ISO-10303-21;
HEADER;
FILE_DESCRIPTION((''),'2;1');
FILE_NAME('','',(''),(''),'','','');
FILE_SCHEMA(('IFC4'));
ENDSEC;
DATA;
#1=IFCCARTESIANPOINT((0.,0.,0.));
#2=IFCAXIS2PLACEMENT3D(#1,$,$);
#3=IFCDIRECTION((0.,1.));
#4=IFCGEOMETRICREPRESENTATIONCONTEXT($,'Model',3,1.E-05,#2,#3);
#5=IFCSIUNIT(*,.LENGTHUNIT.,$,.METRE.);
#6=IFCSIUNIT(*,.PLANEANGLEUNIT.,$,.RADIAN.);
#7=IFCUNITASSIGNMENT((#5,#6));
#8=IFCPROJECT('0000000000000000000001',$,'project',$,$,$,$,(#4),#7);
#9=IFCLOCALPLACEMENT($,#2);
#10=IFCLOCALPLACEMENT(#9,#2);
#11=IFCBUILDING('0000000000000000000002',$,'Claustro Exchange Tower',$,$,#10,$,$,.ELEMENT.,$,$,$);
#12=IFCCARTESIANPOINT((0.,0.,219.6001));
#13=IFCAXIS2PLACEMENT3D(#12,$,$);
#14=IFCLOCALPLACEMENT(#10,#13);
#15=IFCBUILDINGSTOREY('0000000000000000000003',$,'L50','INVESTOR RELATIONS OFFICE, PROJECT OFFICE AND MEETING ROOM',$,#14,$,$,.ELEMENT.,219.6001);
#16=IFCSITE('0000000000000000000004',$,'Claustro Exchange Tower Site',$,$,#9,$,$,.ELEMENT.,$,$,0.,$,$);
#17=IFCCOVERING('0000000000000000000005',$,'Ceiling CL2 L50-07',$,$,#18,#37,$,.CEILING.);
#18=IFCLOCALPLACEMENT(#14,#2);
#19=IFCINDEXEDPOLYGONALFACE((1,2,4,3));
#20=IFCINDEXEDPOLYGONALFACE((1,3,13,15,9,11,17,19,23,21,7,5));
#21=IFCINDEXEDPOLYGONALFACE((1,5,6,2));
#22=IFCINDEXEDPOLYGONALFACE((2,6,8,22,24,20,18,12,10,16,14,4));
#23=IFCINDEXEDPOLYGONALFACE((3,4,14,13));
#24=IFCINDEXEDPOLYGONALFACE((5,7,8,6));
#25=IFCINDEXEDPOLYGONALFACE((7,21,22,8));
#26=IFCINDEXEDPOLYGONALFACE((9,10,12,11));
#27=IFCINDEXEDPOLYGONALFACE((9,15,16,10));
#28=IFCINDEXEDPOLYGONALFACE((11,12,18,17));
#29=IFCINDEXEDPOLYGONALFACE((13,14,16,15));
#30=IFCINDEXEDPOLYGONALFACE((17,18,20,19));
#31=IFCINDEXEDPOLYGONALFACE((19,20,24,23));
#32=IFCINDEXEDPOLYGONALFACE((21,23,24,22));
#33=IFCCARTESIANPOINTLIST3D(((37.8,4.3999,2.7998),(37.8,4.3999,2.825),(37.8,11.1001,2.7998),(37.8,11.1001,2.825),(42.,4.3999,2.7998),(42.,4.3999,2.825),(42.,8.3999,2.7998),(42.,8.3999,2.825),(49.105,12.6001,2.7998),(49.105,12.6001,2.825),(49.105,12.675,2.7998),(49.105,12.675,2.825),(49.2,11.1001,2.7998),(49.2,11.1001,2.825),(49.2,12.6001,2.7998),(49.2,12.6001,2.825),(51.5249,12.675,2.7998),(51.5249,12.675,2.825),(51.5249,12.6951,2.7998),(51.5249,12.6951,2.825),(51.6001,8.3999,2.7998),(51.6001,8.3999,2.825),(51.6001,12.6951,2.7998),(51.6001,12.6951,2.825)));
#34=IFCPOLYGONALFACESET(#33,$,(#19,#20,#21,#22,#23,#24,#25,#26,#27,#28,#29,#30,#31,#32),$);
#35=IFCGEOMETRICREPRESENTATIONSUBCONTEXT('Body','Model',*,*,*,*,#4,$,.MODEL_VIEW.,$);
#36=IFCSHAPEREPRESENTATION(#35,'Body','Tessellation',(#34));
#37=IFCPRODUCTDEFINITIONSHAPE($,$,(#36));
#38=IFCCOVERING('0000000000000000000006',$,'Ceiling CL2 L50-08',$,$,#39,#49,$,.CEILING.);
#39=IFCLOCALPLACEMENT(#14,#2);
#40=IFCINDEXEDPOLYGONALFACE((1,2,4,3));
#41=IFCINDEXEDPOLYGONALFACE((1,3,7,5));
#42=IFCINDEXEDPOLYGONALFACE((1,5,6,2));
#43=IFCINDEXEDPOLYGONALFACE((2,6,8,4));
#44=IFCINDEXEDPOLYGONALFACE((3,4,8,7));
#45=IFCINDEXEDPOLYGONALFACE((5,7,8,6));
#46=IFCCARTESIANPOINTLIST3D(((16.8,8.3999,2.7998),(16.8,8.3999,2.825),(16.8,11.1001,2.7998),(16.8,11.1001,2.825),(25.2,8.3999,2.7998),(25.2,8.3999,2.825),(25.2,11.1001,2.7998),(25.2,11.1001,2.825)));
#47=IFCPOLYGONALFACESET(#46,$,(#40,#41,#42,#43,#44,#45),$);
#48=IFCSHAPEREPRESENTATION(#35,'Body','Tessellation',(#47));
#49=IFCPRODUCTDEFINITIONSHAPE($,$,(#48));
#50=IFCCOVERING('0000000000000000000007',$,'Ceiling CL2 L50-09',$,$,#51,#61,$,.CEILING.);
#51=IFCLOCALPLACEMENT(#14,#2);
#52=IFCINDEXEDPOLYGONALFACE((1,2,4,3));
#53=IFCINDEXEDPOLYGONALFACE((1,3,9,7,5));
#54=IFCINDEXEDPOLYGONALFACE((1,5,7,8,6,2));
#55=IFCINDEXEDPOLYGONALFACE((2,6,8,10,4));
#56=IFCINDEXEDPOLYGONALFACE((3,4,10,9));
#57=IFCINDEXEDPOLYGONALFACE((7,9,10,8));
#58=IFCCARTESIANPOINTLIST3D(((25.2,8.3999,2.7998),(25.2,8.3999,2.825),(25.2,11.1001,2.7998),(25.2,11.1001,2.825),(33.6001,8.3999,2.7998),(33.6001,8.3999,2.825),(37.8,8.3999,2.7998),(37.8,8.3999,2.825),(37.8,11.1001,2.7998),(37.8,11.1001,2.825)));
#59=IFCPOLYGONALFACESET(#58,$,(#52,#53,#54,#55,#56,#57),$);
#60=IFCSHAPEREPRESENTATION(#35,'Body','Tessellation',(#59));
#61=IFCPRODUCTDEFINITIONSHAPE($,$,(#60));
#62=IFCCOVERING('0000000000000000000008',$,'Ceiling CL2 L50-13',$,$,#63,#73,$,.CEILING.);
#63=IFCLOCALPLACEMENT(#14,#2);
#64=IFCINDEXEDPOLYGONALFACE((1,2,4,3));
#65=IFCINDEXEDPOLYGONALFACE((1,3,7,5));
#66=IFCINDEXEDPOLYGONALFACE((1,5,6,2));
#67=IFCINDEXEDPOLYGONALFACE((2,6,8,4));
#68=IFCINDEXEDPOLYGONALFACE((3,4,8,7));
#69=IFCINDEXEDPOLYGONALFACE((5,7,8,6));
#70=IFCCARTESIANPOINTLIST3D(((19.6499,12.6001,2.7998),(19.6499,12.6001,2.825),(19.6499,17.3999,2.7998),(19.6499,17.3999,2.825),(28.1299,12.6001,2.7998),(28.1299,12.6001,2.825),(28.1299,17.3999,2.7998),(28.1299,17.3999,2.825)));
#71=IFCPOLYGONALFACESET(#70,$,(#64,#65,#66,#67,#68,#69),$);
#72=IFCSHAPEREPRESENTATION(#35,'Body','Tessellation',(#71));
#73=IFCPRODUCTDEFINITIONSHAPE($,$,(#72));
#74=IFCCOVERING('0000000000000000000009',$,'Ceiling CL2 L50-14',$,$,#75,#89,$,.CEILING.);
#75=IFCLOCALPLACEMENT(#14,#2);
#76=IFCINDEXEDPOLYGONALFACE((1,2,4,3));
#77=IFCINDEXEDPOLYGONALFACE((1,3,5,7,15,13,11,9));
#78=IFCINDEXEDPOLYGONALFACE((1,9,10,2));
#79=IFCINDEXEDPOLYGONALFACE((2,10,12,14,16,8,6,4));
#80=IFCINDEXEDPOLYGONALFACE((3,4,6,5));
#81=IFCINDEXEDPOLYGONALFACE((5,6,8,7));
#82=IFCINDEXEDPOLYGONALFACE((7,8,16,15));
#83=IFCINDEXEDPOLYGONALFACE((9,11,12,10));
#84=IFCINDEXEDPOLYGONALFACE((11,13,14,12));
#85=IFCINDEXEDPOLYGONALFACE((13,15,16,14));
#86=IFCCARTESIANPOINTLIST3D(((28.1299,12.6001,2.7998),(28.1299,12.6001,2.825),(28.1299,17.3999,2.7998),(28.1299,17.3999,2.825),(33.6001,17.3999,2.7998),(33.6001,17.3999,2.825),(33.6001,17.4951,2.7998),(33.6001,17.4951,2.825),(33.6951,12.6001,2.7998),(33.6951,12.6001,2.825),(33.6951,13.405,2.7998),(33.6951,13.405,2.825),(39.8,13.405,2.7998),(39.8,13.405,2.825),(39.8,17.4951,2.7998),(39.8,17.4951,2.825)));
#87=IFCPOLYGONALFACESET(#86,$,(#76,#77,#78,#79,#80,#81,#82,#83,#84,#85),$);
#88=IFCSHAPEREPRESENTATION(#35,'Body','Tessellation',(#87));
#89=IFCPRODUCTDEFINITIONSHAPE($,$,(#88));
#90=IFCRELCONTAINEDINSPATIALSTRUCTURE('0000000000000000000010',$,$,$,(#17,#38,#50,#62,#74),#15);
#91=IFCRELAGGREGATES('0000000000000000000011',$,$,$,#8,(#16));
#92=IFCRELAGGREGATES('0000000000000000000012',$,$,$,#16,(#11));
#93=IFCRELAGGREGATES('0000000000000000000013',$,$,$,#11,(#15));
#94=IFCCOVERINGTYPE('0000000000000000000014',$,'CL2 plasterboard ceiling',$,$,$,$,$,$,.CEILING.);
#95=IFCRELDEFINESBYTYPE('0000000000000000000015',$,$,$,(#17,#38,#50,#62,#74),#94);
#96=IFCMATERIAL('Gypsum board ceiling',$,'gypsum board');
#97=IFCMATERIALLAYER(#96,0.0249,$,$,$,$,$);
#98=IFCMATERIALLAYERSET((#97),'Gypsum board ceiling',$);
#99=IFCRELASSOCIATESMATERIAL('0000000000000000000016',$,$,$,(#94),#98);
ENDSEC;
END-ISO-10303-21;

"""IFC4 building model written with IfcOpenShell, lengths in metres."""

from ifc_helpers import new_model, si_unit, direction, frame, origin, place, context, subcontext, project, spatial, polyline, outline, extrude, material, layer, layer_set, type_object, element, save


model = new_model("IFC4")

# Units and contexts
model_context = context("Model", 3, precision=1e-05, world=origin(), true_north=direction((0.0, 1.0)))
body_context = subcontext(model_context, "Body", "Model", "MODEL_VIEW")
ifc_project = project(units=[si_unit("LENGTHUNIT", "METRE"), si_unit("PLANEANGLEUNIT", "RADIAN")], contexts=[model_context])

# Site, building, storey
site_placement = place(None, origin())
site = spatial("IfcSite", under=ifc_project, at=site_placement, Name="Claustro Exchange Tower Site", CompositionType="ELEMENT", RefElevation=0.0)
building_placement = place(site_placement, origin())
building = spatial("IfcBuilding", under=site, at=building_placement, Name="Claustro Exchange Tower", CompositionType="ELEMENT")
storey_placement = place(building_placement, frame((0.0, 0.0, 219.6001)))
storey = spatial("IfcBuildingStorey", under=building, at=storey_placement, Name="L50", Description="INVESTOR RELATIONS OFFICE, PROJECT OFFICE AND MEETING ROOM", CompositionType="ELEMENT", Elevation=219.6001)

# Coverings
ifc_material_1 = material(Name="Gypsum board ceiling", Category="gypsum board")
ifc_layer_1 = layer(ifc_material_1, 0.0249)
ifc_layer_set_1 = layer_set([ifc_layer_1], Name="Gypsum board ceiling")
covering_type_1 = type_object("IfcCoveringType", Name="CL2 plasterboard ceiling", PredefinedType="CEILING", material=ifc_layer_set_1)
covering_1_placement = place(storey_placement, frame((0.0, 0.0, 2.7998)))
element("IfcCovering", 1, at=covering_1_placement, inside=storey, type_object=covering_type_1, Name="Ceiling CL2 L50-07", PredefinedType="CEILING", context=body_context, shape_type="SweptSolid", body=[
    extrude(outline(polyline([(51.6001, 8.3999), (51.6001, 12.6951), (51.5249, 12.6951), (51.5249, 12.675), (49.105, 12.675), (49.105, 12.6001), (49.2, 12.6001), (49.2, 11.1001), (37.8, 11.1001), (37.8, 4.3999), (42.0, 4.3999), (42.0, 8.3999), (51.6001, 8.3999)])), origin(), (0.0, 0.0, 1.0), 0.0251),
])
covering_2_placement = place(storey_placement, frame((0.0, 0.0, 2.7998)))
element("IfcCovering", 2, at=covering_2_placement, inside=storey, type_object=covering_type_1, Name="Ceiling CL2 L50-08", PredefinedType="CEILING", context=body_context, shape_type="SweptSolid", body=[
    extrude(outline(polyline([(16.8, 8.3999), (25.2, 8.3999), (25.2, 11.1001), (16.8, 11.1001), (16.8, 8.3999)])), origin(), (0.0, 0.0, 1.0), 0.0251),
])
covering_3_placement = place(storey_placement, frame((0.0, 0.0, 2.7998)))
element("IfcCovering", 3, at=covering_3_placement, inside=storey, type_object=covering_type_1, Name="Ceiling CL2 L50-09", PredefinedType="CEILING", context=body_context, shape_type="SweptSolid", body=[
    extrude(outline(polyline([(33.6001, 8.3999), (37.8, 8.3999), (37.8, 11.1001), (25.2, 11.1001), (25.2, 8.3999), (33.6001, 8.3999)])), origin(), (0.0, 0.0, 1.0), 0.0251),
])
covering_4_placement = place(storey_placement, frame((0.0, 0.0, 2.7998)))
element("IfcCovering", 4, at=covering_4_placement, inside=storey, type_object=covering_type_1, Name="Ceiling CL2 L50-13", PredefinedType="CEILING", context=body_context, shape_type="SweptSolid", body=[
    extrude(outline(polyline([(28.1299, 17.3999), (19.6499, 17.3999), (19.6499, 12.6001), (28.1299, 12.6001), (28.1299, 17.3999)])), origin(), (0.0, 0.0, 1.0), 0.0251),
])
covering_5_placement = place(storey_placement, frame((0.0, 0.0, 2.7998)))
element("IfcCovering", 5, at=covering_5_placement, inside=storey, type_object=covering_type_1, Name="Ceiling CL2 L50-14", PredefinedType="CEILING", context=body_context, shape_type="SweptSolid", body=[
    extrude(outline(polyline([(39.8, 13.405), (39.8, 17.4951), (33.6001, 17.4951), (33.6001, 17.3999), (28.1299, 17.3999), (28.1299, 12.6001), (33.6951, 12.6001), (33.6951, 13.405), (39.8, 13.405)])), origin(), (0.0, 0.0, 1.0), 0.0251),
])

save(model, "model.ifc")
